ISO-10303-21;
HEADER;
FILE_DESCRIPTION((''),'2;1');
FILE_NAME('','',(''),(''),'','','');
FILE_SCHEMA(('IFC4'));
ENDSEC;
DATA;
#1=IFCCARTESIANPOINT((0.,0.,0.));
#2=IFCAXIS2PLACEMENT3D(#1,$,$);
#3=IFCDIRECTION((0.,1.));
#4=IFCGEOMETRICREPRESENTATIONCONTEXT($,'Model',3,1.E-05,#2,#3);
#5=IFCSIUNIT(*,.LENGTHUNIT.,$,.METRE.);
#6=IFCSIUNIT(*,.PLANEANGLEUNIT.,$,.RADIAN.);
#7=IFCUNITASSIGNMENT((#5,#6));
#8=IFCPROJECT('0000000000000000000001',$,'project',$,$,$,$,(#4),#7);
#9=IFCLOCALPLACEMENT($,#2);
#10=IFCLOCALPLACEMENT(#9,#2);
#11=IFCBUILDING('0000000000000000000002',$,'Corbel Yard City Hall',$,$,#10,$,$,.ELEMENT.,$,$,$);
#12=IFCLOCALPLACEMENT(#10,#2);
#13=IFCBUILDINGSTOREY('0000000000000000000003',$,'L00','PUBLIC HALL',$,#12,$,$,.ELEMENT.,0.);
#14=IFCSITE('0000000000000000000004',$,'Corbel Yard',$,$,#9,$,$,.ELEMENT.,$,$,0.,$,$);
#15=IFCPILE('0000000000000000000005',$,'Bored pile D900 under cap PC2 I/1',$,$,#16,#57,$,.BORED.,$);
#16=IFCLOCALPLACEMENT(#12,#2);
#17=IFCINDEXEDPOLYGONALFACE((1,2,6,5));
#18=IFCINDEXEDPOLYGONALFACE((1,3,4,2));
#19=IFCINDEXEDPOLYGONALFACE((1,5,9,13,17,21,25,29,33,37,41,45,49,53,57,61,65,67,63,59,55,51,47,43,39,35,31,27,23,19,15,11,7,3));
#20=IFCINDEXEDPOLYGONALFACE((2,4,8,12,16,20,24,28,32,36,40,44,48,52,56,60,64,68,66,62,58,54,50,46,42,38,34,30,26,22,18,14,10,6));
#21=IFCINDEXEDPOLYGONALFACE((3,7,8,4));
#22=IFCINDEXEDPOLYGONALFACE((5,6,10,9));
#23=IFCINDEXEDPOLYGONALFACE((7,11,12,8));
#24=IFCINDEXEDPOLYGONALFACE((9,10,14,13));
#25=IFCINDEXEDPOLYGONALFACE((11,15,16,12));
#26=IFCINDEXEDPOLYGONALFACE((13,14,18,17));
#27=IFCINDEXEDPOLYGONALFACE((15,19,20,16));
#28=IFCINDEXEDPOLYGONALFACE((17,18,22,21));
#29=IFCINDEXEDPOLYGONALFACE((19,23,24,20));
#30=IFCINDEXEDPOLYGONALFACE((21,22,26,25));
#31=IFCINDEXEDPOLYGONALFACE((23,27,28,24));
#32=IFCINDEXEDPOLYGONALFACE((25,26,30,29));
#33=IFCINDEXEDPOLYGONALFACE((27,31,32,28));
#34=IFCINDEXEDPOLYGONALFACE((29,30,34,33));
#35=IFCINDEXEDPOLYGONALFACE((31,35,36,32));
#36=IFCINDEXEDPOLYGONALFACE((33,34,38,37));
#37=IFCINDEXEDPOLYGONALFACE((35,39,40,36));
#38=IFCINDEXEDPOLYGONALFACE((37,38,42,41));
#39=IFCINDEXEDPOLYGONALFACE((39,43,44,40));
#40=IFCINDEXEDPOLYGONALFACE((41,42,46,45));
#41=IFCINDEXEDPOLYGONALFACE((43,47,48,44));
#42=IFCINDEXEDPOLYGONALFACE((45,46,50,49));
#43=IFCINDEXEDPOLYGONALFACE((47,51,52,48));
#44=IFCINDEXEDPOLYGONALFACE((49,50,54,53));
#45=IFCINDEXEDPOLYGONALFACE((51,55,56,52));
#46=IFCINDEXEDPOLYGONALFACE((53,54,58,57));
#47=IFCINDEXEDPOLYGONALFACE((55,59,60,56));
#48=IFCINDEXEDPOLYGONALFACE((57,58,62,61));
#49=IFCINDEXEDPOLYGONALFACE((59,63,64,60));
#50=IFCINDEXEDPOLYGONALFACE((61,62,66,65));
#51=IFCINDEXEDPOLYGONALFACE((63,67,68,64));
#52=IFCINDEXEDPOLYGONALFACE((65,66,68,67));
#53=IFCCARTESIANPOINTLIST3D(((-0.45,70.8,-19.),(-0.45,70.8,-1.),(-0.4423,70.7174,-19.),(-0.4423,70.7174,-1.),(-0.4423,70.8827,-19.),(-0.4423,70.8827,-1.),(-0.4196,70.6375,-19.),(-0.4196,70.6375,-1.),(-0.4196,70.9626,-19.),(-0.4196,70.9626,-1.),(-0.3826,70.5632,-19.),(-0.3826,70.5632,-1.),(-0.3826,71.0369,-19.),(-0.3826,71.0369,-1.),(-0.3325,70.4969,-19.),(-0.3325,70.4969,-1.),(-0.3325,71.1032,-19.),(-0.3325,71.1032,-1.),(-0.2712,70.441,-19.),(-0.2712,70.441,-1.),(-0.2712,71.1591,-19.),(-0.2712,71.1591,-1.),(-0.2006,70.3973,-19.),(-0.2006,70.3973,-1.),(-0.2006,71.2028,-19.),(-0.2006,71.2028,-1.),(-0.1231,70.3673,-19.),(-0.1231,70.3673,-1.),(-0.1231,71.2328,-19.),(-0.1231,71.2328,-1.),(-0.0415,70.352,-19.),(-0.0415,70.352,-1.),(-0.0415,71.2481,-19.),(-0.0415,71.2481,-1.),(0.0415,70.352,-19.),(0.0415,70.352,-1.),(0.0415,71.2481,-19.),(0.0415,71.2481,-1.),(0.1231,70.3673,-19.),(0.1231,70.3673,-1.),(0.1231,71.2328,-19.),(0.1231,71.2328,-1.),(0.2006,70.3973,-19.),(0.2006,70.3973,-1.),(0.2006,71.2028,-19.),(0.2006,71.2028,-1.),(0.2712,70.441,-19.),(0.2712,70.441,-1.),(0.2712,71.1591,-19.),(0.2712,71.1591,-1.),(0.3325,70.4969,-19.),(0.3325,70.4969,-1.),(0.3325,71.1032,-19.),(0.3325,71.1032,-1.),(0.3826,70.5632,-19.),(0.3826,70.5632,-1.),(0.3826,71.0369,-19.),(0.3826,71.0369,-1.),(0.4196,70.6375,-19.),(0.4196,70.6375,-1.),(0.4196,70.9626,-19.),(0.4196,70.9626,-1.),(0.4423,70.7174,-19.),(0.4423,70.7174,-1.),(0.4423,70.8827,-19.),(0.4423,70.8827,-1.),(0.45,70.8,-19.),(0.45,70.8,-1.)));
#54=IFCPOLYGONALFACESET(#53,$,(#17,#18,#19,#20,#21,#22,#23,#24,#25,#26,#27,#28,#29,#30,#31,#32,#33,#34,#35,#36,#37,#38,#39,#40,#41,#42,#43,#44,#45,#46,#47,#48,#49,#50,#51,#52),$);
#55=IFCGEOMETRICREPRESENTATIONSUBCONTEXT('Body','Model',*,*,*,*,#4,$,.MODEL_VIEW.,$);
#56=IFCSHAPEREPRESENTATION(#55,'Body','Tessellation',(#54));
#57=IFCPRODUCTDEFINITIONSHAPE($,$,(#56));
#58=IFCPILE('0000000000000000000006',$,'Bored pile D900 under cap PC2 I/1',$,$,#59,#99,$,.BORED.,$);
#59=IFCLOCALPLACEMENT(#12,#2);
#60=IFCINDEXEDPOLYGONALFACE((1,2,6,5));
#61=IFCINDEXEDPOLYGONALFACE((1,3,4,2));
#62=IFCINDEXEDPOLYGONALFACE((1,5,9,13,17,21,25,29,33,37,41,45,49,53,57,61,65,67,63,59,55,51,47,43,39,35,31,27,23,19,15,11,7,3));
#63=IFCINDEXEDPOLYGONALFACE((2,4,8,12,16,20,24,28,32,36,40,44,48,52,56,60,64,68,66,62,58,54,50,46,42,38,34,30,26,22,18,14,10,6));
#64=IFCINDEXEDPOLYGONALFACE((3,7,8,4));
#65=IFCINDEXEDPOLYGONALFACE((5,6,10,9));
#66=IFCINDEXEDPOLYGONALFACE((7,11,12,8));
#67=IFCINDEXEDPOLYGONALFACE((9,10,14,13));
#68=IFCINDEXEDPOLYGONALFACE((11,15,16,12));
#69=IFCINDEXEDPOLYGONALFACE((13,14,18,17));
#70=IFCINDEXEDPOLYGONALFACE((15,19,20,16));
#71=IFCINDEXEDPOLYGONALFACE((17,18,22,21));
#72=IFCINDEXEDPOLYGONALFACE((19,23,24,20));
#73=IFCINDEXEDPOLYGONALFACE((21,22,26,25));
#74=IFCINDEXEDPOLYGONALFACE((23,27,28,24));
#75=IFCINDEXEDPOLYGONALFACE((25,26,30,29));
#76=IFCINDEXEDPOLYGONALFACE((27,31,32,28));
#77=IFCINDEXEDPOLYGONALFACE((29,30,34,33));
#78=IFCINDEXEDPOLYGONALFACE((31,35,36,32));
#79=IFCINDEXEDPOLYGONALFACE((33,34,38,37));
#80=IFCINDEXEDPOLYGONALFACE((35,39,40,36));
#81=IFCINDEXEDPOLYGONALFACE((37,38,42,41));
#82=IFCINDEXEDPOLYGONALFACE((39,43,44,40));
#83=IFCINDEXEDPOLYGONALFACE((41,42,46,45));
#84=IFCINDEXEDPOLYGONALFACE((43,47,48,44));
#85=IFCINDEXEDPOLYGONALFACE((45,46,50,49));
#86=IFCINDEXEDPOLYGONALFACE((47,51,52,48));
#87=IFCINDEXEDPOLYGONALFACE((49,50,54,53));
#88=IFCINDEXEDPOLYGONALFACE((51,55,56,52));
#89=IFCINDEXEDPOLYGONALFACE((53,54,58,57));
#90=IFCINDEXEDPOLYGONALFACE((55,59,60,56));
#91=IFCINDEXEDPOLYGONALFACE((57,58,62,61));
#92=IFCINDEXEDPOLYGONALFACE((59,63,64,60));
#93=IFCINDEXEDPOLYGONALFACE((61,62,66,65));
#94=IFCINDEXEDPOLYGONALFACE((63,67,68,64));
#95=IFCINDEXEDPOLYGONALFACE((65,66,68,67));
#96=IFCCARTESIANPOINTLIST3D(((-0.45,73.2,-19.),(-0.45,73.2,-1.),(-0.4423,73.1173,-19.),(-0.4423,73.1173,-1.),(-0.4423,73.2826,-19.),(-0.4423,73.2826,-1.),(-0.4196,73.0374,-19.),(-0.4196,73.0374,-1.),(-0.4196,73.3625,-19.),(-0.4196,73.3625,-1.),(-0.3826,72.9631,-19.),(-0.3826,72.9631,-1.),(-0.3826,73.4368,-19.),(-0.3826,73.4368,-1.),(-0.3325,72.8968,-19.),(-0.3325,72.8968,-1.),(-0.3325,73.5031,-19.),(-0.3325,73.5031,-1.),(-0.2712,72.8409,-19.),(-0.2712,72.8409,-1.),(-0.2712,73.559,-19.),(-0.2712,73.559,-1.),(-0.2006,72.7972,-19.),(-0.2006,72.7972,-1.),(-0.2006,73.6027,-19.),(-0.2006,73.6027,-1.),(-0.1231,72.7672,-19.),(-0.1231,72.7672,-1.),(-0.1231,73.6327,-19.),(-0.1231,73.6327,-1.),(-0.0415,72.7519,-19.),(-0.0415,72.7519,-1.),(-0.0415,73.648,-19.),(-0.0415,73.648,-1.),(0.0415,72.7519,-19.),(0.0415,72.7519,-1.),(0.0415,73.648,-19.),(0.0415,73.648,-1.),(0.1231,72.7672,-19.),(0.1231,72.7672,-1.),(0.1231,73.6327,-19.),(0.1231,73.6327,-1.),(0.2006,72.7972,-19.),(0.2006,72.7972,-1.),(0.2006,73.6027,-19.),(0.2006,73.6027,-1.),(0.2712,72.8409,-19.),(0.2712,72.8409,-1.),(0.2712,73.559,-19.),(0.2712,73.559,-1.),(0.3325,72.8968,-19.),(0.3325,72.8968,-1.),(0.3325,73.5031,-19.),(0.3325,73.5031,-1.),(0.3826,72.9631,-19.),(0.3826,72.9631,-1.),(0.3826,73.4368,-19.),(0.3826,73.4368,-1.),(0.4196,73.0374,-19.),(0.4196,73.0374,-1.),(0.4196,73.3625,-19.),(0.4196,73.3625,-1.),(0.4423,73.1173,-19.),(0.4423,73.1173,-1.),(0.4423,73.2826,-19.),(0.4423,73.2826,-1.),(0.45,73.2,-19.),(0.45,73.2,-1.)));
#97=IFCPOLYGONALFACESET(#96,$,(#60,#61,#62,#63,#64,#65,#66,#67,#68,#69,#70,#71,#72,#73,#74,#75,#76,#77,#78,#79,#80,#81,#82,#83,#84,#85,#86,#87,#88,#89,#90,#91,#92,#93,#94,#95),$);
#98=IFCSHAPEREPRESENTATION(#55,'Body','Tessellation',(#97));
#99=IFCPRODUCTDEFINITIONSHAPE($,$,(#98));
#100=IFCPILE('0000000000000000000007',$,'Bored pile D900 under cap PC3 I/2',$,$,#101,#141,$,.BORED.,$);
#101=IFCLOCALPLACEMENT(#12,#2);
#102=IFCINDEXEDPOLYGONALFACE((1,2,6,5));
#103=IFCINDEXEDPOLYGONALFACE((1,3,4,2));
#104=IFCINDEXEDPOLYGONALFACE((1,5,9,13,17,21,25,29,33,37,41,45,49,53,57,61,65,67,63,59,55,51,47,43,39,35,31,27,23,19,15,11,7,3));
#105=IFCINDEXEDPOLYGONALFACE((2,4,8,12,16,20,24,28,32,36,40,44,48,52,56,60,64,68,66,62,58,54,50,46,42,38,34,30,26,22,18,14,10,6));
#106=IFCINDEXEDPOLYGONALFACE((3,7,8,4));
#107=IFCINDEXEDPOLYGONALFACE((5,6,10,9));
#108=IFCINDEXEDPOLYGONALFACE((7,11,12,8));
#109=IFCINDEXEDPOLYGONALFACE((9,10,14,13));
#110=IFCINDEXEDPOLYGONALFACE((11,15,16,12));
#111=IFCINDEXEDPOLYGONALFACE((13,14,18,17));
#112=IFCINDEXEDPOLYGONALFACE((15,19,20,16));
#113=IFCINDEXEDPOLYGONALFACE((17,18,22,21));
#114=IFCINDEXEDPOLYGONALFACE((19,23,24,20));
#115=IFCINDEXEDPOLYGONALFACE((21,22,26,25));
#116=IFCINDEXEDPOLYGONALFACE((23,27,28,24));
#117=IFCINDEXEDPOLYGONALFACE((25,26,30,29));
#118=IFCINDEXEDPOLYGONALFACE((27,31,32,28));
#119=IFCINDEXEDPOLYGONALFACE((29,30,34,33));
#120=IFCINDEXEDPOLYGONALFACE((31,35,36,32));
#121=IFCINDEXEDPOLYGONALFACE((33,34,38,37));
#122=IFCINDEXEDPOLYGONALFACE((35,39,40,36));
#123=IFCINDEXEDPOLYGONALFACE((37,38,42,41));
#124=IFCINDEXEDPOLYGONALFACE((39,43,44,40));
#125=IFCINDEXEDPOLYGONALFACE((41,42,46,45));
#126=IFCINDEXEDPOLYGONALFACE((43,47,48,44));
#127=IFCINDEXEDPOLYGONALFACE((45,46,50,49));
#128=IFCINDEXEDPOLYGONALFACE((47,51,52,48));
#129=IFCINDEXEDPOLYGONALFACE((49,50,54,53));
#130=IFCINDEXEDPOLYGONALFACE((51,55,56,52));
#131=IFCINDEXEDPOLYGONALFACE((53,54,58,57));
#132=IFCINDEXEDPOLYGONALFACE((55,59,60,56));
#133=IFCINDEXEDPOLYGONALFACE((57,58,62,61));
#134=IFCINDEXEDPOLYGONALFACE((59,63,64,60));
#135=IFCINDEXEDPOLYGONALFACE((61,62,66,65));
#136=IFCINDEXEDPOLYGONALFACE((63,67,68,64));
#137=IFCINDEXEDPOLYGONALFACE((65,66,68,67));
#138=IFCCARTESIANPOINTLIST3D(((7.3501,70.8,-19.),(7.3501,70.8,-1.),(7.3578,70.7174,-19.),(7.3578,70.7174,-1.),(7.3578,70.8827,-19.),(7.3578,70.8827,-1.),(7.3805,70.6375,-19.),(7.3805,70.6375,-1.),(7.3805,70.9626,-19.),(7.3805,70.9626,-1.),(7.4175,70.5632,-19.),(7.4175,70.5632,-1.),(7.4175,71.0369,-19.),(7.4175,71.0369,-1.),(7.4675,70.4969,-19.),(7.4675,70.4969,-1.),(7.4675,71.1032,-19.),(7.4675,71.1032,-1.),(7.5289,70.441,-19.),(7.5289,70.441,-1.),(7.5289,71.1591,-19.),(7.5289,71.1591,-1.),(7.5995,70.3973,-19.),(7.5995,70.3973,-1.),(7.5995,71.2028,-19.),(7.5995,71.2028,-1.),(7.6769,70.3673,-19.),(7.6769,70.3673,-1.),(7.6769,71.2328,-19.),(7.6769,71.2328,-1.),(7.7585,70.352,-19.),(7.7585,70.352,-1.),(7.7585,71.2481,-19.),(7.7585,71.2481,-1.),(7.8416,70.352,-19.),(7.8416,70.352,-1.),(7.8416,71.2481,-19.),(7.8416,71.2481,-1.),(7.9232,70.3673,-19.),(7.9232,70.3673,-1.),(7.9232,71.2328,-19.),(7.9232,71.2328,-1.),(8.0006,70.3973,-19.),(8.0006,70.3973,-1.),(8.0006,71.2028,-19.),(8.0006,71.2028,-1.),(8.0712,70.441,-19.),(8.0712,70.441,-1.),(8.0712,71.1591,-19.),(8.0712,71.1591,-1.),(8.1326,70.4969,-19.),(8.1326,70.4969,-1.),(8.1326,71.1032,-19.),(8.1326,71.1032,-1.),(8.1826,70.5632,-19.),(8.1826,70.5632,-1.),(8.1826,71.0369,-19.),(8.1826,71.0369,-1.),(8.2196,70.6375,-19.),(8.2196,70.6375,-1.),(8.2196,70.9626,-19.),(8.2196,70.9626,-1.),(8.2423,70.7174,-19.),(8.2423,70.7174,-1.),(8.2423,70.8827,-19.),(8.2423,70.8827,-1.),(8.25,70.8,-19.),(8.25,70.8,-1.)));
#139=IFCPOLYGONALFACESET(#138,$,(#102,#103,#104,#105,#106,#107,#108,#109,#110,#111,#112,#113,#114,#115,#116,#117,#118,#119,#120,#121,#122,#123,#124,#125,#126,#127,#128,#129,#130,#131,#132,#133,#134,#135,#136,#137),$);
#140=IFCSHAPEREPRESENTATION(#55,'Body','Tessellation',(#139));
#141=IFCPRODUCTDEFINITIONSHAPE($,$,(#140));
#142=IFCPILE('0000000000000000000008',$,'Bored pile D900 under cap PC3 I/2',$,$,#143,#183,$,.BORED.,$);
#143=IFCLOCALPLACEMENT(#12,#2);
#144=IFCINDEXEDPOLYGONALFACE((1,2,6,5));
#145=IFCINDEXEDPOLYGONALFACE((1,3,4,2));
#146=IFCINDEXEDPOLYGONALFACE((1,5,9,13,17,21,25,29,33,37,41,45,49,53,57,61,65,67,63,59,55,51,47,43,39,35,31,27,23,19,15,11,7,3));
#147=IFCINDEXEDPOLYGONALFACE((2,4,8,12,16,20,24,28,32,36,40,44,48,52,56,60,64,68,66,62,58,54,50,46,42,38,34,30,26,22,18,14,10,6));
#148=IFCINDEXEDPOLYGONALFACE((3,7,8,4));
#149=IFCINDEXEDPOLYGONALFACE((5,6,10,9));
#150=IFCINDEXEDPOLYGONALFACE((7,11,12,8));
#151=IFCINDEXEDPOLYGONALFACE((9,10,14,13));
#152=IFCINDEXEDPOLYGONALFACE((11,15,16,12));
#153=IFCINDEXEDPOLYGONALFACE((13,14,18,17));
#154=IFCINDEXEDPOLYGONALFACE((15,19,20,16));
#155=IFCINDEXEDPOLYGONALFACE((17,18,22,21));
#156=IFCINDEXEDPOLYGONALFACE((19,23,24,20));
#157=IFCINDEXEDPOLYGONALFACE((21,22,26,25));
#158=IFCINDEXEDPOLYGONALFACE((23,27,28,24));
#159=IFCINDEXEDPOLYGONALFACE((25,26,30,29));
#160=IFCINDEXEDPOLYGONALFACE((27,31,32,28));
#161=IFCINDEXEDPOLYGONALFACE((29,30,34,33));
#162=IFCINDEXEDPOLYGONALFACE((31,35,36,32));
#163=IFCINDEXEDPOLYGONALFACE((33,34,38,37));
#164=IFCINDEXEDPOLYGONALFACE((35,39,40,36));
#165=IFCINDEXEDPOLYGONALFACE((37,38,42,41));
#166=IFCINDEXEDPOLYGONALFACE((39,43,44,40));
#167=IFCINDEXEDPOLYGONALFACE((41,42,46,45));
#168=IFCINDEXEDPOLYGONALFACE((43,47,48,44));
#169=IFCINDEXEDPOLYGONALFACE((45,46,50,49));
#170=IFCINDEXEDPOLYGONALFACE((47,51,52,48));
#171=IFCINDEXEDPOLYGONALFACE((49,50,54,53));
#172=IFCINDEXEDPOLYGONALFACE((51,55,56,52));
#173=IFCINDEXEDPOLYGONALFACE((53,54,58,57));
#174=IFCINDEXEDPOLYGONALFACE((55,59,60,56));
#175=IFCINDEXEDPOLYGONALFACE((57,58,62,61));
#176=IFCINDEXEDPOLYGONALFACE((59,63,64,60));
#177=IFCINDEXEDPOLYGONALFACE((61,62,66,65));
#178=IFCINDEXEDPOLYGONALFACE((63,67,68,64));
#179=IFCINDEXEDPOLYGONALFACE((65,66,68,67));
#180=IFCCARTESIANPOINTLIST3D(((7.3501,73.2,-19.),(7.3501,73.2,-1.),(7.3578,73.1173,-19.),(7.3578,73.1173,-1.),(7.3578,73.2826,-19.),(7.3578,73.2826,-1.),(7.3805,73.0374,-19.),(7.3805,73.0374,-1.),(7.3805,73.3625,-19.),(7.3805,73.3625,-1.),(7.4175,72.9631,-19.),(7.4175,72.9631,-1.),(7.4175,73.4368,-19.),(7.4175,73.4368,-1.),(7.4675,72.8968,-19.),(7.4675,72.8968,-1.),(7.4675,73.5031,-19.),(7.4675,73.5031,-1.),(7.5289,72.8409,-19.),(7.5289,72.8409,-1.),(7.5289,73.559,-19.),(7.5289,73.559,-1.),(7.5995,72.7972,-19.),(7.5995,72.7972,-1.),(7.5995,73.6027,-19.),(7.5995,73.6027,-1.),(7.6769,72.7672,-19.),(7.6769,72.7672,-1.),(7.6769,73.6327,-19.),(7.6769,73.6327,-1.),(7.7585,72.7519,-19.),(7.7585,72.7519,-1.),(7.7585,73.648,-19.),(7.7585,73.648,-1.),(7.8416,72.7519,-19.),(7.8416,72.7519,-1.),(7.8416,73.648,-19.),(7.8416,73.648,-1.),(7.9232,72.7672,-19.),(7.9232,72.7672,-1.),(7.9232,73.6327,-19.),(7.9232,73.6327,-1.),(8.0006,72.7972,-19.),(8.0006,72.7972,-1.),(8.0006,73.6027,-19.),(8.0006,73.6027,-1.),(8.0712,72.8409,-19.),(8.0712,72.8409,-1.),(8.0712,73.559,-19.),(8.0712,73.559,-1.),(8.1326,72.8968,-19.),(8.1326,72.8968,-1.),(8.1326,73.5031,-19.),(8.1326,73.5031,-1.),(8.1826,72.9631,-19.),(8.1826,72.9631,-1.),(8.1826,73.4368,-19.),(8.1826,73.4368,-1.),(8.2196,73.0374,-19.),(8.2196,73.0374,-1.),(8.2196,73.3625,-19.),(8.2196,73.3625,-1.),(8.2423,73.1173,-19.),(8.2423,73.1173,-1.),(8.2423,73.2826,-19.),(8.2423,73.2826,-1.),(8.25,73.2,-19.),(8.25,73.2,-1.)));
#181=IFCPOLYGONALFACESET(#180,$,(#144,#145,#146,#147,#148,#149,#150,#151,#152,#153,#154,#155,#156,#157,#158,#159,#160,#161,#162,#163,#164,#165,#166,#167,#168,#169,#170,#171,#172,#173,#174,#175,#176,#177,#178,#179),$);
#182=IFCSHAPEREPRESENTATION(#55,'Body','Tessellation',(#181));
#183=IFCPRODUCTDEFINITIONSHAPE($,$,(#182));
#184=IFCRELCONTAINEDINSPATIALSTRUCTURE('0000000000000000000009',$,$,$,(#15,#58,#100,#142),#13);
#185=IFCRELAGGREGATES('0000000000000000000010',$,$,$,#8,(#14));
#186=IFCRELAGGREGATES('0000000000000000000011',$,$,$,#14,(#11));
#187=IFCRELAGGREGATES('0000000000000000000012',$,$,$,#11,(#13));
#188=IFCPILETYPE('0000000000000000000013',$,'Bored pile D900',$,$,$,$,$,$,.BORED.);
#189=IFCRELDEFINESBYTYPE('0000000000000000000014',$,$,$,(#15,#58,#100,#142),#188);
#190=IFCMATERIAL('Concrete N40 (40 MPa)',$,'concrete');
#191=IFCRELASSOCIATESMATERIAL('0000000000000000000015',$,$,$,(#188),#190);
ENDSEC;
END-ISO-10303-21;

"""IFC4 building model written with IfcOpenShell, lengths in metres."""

from ifc_helpers import new_model, si_unit, direction, frame, origin, origin_2d, place, context, subcontext, project, spatial, circle, extrude, material, material_profile, profile_set, type_object, element, save


model = new_model("IFC4")

# Units and contexts
model_context = context("Model", 3, precision=1e-05, world=origin(), true_north=direction((0.0, 1.0)))
body_context = subcontext(model_context, "Body", "Model", "MODEL_VIEW")
ifc_project = project(units=[si_unit("LENGTHUNIT", "METRE"), si_unit("PLANEANGLEUNIT", "RADIAN")], contexts=[model_context])

# Site, building, storey
site_placement = place(None, origin())
site = spatial("IfcSite", under=ifc_project, at=site_placement, Name="Corbel Yard", CompositionType="ELEMENT", RefElevation=0.0)
building_placement = place(site_placement, origin())
building = spatial("IfcBuilding", under=site, at=building_placement, Name="Corbel Yard City Hall", CompositionType="ELEMENT")
storey_placement = place(building_placement, origin())
storey = spatial("IfcBuildingStorey", under=building, at=storey_placement, Name="L00", Description="PUBLIC HALL", CompositionType="ELEMENT", Elevation=0.0)

# Piles
ifc_material_1 = material(Name="Concrete N40 (40 MPa)", Category="concrete")
ifc_material_profile_1 = material_profile(ifc_material_1, circle(Radius=0.45, at=origin_2d()), Name="D900")
ifc_profile_set_1 = profile_set([ifc_material_profile_1], Name="Concrete N40 (40 MPa)")
pile_type = type_object("IfcPileType", Name="Bored pile D900", PredefinedType="BORED", material=ifc_profile_set_1)
for number, where, z_axis, x_axis, name in (
    (1, (0.0, 70.8, -1.0), (0.0, 0.0, -1.0), (1.0, 0.0, 0.0), "Bored pile D900 under cap PC2 I/1"),
    (2, (0.0, 73.2, -1.0), (0.0, 0.0, -1.0), (1.0, 0.0, 0.0), "Bored pile D900 under cap PC2 I/1"),
    (3, (7.8, 70.8, -1.0), (0.0, 0.0, -1.0), (1.0, 0.0, 0.0), "Bored pile D900 under cap PC3 I/2"),
    (4, (7.8, 73.2, -1.0), (0.0, 0.0, -1.0), (1.0, 0.0, 0.0), "Bored pile D900 under cap PC3 I/2"),
):
    element("IfcPile", number, at=place(storey_placement, frame(where, z_axis=z_axis, x_axis=x_axis)), inside=storey, type_object=pile_type, Name=name, PredefinedType="BORED", context=body_context, shape_type="SweptSolid", body=[
        extrude(circle(Radius=0.45, at=origin_2d()), origin(), (0.0, 0.0, 1.0), 18.0),
    ])

save(model, "model.ifc")
